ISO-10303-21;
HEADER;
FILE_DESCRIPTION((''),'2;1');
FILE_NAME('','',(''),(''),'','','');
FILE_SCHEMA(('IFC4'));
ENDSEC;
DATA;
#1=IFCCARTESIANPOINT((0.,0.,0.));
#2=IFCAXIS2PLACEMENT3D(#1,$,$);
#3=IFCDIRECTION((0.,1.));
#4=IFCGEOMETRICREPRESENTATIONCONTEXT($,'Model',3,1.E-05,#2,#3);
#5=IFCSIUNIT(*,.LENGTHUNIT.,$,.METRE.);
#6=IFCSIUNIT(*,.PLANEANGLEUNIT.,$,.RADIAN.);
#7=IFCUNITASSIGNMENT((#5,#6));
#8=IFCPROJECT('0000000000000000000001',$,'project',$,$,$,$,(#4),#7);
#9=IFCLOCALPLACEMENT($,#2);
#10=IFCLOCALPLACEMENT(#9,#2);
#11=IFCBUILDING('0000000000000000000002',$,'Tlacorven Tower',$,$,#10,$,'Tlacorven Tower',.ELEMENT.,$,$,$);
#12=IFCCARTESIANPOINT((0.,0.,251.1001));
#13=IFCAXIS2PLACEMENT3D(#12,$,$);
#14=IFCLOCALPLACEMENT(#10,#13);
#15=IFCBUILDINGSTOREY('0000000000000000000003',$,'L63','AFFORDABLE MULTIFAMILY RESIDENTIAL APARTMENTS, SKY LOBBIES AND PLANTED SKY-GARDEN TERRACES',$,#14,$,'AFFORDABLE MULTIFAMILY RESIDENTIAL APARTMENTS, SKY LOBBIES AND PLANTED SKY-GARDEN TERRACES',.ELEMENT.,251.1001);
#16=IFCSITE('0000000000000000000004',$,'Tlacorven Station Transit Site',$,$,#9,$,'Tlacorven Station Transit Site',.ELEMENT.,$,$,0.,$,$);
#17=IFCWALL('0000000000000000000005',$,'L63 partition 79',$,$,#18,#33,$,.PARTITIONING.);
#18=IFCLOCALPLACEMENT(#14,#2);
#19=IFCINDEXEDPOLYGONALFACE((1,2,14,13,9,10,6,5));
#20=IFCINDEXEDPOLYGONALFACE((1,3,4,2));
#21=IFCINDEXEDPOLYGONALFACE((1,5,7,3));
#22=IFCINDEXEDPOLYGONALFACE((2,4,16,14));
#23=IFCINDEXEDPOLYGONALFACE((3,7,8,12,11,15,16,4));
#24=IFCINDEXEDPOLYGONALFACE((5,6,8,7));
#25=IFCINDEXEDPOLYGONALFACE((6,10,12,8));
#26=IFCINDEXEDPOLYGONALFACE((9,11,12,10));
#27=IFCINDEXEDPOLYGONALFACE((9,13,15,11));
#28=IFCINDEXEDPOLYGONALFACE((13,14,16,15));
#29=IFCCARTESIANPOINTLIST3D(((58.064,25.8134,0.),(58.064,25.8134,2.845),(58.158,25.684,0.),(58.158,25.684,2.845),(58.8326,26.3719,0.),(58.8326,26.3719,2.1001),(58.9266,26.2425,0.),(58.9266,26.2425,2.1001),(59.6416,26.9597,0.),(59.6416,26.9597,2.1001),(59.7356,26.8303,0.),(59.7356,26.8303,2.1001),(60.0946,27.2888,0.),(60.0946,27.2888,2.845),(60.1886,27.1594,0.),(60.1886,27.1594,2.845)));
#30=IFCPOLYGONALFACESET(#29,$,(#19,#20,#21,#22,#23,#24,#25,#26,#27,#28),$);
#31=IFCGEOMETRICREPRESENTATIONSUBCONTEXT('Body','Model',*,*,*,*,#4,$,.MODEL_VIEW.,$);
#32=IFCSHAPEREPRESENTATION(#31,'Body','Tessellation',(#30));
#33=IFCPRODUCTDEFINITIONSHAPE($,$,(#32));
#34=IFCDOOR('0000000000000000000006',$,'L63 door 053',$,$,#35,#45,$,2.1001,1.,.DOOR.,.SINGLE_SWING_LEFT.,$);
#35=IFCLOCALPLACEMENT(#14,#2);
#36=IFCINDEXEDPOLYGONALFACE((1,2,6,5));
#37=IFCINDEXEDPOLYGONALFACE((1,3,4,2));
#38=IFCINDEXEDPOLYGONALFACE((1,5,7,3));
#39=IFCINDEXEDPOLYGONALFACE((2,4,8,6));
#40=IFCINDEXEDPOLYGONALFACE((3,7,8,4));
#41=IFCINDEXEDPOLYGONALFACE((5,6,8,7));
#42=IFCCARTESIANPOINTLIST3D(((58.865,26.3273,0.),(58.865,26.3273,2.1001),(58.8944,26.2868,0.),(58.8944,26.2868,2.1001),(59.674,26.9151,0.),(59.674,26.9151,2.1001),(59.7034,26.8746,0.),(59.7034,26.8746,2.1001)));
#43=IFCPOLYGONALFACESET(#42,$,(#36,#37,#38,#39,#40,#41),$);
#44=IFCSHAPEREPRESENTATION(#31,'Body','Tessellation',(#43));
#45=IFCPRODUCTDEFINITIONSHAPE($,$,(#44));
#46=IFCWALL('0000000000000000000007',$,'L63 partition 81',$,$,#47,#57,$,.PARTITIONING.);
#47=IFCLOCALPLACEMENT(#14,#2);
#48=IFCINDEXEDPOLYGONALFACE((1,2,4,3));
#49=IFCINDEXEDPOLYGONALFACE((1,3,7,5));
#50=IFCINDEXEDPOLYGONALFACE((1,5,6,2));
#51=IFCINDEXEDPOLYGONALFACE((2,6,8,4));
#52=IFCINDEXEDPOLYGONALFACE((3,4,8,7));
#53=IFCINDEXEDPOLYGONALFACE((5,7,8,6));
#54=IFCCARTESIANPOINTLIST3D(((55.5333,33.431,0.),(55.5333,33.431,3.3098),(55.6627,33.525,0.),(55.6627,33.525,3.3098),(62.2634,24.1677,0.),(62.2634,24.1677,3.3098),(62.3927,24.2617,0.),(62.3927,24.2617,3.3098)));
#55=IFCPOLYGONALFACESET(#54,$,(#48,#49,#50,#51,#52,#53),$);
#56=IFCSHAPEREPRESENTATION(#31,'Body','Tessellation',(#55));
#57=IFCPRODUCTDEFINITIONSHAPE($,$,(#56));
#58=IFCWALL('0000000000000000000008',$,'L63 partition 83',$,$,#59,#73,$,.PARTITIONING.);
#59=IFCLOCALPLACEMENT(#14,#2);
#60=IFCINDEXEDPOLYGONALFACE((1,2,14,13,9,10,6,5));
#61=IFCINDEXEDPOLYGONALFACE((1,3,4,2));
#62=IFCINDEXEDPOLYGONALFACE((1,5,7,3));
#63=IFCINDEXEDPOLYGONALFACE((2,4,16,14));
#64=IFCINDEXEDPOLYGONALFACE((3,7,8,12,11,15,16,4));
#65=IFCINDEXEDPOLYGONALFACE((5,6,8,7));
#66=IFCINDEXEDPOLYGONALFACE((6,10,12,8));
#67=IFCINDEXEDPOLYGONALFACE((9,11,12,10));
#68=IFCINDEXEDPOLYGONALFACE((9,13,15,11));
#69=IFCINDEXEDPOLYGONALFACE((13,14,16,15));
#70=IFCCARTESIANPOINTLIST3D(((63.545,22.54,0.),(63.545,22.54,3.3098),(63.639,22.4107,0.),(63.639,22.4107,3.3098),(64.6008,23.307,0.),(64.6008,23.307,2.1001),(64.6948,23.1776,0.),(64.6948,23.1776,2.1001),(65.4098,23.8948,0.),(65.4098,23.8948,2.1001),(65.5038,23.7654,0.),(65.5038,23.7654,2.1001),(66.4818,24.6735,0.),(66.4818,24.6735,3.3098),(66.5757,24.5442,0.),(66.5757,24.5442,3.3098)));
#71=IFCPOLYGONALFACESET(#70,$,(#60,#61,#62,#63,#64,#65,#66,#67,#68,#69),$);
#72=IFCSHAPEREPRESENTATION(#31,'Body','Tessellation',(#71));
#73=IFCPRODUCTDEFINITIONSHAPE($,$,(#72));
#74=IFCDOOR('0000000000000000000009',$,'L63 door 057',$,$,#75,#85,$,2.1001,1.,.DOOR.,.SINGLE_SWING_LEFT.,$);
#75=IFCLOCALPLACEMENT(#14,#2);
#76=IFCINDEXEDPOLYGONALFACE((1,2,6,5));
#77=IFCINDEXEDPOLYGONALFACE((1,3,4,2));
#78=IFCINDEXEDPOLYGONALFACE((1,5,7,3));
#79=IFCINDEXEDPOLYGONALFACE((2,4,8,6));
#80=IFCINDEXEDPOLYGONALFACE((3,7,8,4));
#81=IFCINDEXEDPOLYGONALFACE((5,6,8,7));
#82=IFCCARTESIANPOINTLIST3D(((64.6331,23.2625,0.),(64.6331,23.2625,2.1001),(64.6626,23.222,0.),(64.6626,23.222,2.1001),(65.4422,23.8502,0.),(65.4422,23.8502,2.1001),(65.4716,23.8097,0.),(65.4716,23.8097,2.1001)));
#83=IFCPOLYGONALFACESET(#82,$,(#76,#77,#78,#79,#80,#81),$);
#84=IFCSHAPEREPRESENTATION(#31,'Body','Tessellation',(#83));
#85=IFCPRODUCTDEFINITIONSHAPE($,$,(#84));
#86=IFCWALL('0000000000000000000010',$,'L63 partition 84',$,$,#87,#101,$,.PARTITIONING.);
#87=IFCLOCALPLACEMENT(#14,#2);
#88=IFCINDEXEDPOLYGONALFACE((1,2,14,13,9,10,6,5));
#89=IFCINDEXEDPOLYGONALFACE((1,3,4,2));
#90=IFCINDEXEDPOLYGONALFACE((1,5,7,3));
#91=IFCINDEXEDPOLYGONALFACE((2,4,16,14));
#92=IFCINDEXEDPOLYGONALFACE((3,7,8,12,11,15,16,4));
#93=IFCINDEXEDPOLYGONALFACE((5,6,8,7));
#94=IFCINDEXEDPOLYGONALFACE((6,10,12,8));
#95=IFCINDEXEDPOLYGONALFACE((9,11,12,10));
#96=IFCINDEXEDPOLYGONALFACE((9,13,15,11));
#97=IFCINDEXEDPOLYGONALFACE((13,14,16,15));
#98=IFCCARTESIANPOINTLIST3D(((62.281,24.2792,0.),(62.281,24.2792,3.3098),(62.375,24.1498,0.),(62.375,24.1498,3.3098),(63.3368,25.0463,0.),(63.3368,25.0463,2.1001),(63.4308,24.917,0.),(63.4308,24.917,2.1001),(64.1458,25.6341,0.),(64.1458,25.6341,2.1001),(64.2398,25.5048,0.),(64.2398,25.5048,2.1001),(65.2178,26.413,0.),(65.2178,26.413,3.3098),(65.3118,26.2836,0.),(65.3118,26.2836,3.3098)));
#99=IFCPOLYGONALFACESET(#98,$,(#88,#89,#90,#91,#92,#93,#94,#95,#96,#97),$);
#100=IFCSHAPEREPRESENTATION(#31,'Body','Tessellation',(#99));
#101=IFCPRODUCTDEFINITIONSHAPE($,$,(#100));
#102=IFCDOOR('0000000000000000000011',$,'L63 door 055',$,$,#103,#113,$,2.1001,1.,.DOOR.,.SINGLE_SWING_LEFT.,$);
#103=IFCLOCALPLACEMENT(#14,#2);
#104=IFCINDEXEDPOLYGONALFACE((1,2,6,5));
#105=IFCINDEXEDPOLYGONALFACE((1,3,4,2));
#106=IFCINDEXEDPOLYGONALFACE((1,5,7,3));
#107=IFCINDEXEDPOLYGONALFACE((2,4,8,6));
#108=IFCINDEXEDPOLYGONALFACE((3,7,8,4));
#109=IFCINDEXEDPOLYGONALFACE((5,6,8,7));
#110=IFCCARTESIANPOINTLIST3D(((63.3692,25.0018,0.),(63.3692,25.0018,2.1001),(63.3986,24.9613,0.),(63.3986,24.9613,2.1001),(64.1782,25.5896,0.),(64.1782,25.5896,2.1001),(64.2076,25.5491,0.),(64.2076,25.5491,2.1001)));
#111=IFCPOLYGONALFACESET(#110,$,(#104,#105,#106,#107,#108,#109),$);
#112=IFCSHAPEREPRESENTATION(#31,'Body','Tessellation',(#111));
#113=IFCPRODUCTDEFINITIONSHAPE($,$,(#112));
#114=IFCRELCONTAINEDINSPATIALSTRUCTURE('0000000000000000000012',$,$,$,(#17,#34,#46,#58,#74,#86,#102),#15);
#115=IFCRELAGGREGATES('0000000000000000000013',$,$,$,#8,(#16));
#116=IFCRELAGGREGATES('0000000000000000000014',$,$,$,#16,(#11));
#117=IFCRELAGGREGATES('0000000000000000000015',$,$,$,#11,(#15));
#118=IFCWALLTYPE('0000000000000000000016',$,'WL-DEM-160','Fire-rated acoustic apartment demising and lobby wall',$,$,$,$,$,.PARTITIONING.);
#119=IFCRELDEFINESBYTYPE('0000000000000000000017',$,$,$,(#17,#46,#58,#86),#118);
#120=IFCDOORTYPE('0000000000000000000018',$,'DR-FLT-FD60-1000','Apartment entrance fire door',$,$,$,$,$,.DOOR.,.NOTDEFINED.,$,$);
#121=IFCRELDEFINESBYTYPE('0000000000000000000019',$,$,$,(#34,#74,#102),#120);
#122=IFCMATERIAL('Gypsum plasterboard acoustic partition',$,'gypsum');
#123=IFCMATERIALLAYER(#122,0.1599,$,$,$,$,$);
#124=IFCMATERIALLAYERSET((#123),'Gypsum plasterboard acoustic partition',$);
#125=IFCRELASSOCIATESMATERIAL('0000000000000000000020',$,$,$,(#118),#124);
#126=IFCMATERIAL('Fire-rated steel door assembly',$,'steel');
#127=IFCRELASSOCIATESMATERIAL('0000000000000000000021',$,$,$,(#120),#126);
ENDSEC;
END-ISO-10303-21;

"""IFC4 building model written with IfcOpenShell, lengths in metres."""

from ifc_helpers import new_model, si_unit, direction, frame, frame_2d, origin, place, context, subcontext, project, spatial, rectangle, extrude, source, transform, mapped, material, layer, layer_set, type_object, element, fill, save


model = new_model("IFC4")

# Units and contexts
model_context = context("Model", 3, precision=1e-05, world=origin(), true_north=direction((0.0, 1.0)))
body_context = subcontext(model_context, "Body", "Model", "MODEL_VIEW")
ifc_project = project(units=[si_unit("LENGTHUNIT", "METRE"), si_unit("PLANEANGLEUNIT", "RADIAN")], contexts=[model_context])

# Site, building, storey
site_placement = place(None, origin())
site = spatial("IfcSite", under=ifc_project, at=site_placement, Name="Tlacorven Station Transit Site", LongName="Tlacorven Station Transit Site", CompositionType="ELEMENT", RefElevation=0.0)
building_placement = place(site_placement, origin())
building = spatial("IfcBuilding", under=site, at=building_placement, Name="Tlacorven Tower", LongName="Tlacorven Tower", CompositionType="ELEMENT")
storey_placement = place(building_placement, frame((0.0, 0.0, 251.1001)))
storey = spatial("IfcBuildingStorey", under=building, at=storey_placement, Name="L63", Description="AFFORDABLE MULTIFAMILY RESIDENTIAL APARTMENTS, SKY LOBBIES AND PLANTED SKY-GARDEN TERRACES", LongName="AFFORDABLE MULTIFAMILY RESIDENTIAL APARTMENTS, SKY LOBBIES AND PLANTED SKY-GARDEN TERRACES", CompositionType="ELEMENT", Elevation=251.1001)

# Wall, opening, door
ifc_material_1 = material(Name="Gypsum plasterboard acoustic partition", Category="gypsum")
ifc_layer_1 = layer(ifc_material_1, 0.1599)
ifc_layer_set_1 = layer_set([ifc_layer_1], Name="Gypsum plasterboard acoustic partition")
wall_type_1 = type_object("IfcWallType", Name="WL-DEM-160", Description="Fire-rated acoustic apartment demising and lobby wall", PredefinedType="PARTITIONING", material=ifc_layer_set_1)
wall_1_placement = place(storey_placement, frame((58.1111, 25.7488, 0.0), z_axis=(0.0, 0.0, 1.0), x_axis=(0.809001, 0.587807, 0.0)))
wall_1 = element("IfcWall", 1, at=wall_1_placement, inside=storey, type_object=wall_type_1, Name="L63 partition 79", PredefinedType="PARTITIONING", context=body_context, shape_type="SweptSolid", body=[
    extrude(rectangle(XDim=2.51, YDim=0.1599, at=frame_2d((1.2549, 0.0))), origin(), (0.0, 0.0, 1.0), 2.845),
])
opening_1_placement = place(wall_1_placement, frame((0.95, 0.0, 0.0)))
opening_1 = element("IfcOpeningElement", 2, at=opening_1_placement, cuts=wall_1, PredefinedType="OPENING", context=body_context, shape_type="SweptSolid", body=[
    extrude(rectangle(XDim=1.0, YDim=2.1001, at=frame_2d((0.5, 1.05))), frame((0.0, 0.0898, 0.0), z_axis=(0.0, -1.0, 0.0), x_axis=(1.0, 0.0, 0.0)), (0.0, 0.0, 1.0), 0.1799),
])
ifc_material_2 = material(Name="Fire-rated steel door assembly", Category="steel")
door_type_1 = type_object("IfcDoorType", Name="DR-FLT-FD60-1000", Description="Apartment entrance fire door", OperationType="NOTDEFINED", PredefinedType="DOOR", material=ifc_material_2)
shared_shape_1 = source(origin(), body_context, "Body", "SweptSolid", [
    extrude(rectangle(XDim=1.0, YDim=2.1001, at=frame_2d((0.5, 1.05))), frame((0.0, 0.0249, 0.0), z_axis=(0.0, -1.0, 0.0), x_axis=(1.0, 0.0, 0.0)), (0.0, 0.0, 1.0), 0.05),
])
door_1_placement = place(opening_1_placement, origin())
door_1 = element("IfcDoor", 3, at=door_1_placement, inside=storey, type_object=door_type_1, Name="L63 door 053", OperationType="SINGLE_SWING_LEFT", OverallHeight=2.1001, OverallWidth=1.0, PredefinedType="DOOR", context=body_context, shape_type="MappedRepresentation", body=[
    mapped(shared_shape_1, transform((0.0, 0.0, 0.0), scale=1.0)),
])
fill(opening_1, door_1)

# Wall
wall_2_placement = place(storey_placement, frame((62.3281, 24.2146, 0.0), z_axis=(0.0, 0.0, 1.0), x_axis=(-0.587779, 0.809022, 0.0)))
element("IfcWall", 4, at=wall_2_placement, inside=storey, type_object=wall_type_1, Name="L63 partition 81", PredefinedType="PARTITIONING", context=body_context, shape_type="SweptSolid", body=[
    extrude(rectangle(XDim=11.45, YDim=0.1599, at=frame_2d((5.7251, 0.0))), origin(), (0.0, 0.0, 1.0), 3.3098),
])

# Walls, openings, doors
wall_3_placement = place(storey_placement, frame((63.592, 22.4753, 0.0), z_axis=(0.0, 0.0, 1.0), x_axis=(0.809036, 0.58776, 0.0)))
wall_3 = element("IfcWall", 5, at=wall_3_placement, inside=storey, type_object=wall_type_1, Name="L63 partition 83", PredefinedType="PARTITIONING", context=body_context, shape_type="SweptSolid", body=[
    extrude(rectangle(XDim=3.6299, YDim=0.1599, at=frame_2d((1.8149, 0.0))), origin(), (0.0, 0.0, 1.0), 3.3098),
])
opening_2_placement = place(wall_3_placement, frame((1.3049, 0.0, 0.0)))
opening_2 = element("IfcOpeningElement", 6, at=opening_2_placement, cuts=wall_3, PredefinedType="OPENING", context=body_context, shape_type="SweptSolid", body=[
    extrude(rectangle(XDim=1.0, YDim=2.1001, at=frame_2d((0.5, 1.05))), frame((0.0, 0.0898, 0.0), z_axis=(0.0, -1.0, 0.0), x_axis=(1.0, 0.0, 0.0)), (0.0, 0.0, 1.0), 0.1799),
])
door_2_placement = place(opening_2_placement, origin())
door_2 = element("IfcDoor", 7, at=door_2_placement, inside=storey, type_object=door_type_1, Name="L63 door 057", OperationType="SINGLE_SWING_LEFT", OverallHeight=2.1001, OverallWidth=1.0, PredefinedType="DOOR", context=body_context, shape_type="MappedRepresentation", body=[
    mapped(shared_shape_1, transform((0.0, 0.0, 0.0), scale=1.0)),
])
fill(opening_2, door_2)
wall_4_placement = place(storey_placement, frame((62.3281, 24.2146, 0.0), z_axis=(0.0, 0.0, 1.0), x_axis=(0.809004, 0.587804, 0.0)))
wall_4 = element("IfcWall", 8, at=wall_4_placement, inside=storey, type_object=wall_type_1, Name="L63 partition 84", PredefinedType="PARTITIONING", context=body_context, shape_type="SweptSolid", body=[
    extrude(rectangle(XDim=3.6301, YDim=0.1599, at=frame_2d((1.8149, 0.0))), origin(), (0.0, 0.0, 1.0), 3.3098),
])
opening_3_placement = place(wall_4_placement, frame((1.3049, 0.0, 0.0)))
opening_3 = element("IfcOpeningElement", 9, at=opening_3_placement, cuts=wall_4, PredefinedType="OPENING", context=body_context, shape_type="SweptSolid", body=[
    extrude(rectangle(XDim=1.0, YDim=2.1001, at=frame_2d((0.5, 1.05))), frame((0.0, 0.0898, 0.0), z_axis=(0.0, -1.0, 0.0), x_axis=(1.0, 0.0, 0.0)), (0.0, 0.0, 1.0), 0.1799),
])
door_3_placement = place(opening_3_placement, origin())
door_3 = element("IfcDoor", 10, at=door_3_placement, inside=storey, type_object=door_type_1, Name="L63 door 055", OperationType="SINGLE_SWING_LEFT", OverallHeight=2.1001, OverallWidth=1.0, PredefinedType="DOOR", context=body_context, shape_type="MappedRepresentation", body=[
    mapped(shared_shape_1, transform((0.0, 0.0, 0.0), scale=1.0)),
])
fill(opening_3, door_3)

save(model, "model.ifc")
